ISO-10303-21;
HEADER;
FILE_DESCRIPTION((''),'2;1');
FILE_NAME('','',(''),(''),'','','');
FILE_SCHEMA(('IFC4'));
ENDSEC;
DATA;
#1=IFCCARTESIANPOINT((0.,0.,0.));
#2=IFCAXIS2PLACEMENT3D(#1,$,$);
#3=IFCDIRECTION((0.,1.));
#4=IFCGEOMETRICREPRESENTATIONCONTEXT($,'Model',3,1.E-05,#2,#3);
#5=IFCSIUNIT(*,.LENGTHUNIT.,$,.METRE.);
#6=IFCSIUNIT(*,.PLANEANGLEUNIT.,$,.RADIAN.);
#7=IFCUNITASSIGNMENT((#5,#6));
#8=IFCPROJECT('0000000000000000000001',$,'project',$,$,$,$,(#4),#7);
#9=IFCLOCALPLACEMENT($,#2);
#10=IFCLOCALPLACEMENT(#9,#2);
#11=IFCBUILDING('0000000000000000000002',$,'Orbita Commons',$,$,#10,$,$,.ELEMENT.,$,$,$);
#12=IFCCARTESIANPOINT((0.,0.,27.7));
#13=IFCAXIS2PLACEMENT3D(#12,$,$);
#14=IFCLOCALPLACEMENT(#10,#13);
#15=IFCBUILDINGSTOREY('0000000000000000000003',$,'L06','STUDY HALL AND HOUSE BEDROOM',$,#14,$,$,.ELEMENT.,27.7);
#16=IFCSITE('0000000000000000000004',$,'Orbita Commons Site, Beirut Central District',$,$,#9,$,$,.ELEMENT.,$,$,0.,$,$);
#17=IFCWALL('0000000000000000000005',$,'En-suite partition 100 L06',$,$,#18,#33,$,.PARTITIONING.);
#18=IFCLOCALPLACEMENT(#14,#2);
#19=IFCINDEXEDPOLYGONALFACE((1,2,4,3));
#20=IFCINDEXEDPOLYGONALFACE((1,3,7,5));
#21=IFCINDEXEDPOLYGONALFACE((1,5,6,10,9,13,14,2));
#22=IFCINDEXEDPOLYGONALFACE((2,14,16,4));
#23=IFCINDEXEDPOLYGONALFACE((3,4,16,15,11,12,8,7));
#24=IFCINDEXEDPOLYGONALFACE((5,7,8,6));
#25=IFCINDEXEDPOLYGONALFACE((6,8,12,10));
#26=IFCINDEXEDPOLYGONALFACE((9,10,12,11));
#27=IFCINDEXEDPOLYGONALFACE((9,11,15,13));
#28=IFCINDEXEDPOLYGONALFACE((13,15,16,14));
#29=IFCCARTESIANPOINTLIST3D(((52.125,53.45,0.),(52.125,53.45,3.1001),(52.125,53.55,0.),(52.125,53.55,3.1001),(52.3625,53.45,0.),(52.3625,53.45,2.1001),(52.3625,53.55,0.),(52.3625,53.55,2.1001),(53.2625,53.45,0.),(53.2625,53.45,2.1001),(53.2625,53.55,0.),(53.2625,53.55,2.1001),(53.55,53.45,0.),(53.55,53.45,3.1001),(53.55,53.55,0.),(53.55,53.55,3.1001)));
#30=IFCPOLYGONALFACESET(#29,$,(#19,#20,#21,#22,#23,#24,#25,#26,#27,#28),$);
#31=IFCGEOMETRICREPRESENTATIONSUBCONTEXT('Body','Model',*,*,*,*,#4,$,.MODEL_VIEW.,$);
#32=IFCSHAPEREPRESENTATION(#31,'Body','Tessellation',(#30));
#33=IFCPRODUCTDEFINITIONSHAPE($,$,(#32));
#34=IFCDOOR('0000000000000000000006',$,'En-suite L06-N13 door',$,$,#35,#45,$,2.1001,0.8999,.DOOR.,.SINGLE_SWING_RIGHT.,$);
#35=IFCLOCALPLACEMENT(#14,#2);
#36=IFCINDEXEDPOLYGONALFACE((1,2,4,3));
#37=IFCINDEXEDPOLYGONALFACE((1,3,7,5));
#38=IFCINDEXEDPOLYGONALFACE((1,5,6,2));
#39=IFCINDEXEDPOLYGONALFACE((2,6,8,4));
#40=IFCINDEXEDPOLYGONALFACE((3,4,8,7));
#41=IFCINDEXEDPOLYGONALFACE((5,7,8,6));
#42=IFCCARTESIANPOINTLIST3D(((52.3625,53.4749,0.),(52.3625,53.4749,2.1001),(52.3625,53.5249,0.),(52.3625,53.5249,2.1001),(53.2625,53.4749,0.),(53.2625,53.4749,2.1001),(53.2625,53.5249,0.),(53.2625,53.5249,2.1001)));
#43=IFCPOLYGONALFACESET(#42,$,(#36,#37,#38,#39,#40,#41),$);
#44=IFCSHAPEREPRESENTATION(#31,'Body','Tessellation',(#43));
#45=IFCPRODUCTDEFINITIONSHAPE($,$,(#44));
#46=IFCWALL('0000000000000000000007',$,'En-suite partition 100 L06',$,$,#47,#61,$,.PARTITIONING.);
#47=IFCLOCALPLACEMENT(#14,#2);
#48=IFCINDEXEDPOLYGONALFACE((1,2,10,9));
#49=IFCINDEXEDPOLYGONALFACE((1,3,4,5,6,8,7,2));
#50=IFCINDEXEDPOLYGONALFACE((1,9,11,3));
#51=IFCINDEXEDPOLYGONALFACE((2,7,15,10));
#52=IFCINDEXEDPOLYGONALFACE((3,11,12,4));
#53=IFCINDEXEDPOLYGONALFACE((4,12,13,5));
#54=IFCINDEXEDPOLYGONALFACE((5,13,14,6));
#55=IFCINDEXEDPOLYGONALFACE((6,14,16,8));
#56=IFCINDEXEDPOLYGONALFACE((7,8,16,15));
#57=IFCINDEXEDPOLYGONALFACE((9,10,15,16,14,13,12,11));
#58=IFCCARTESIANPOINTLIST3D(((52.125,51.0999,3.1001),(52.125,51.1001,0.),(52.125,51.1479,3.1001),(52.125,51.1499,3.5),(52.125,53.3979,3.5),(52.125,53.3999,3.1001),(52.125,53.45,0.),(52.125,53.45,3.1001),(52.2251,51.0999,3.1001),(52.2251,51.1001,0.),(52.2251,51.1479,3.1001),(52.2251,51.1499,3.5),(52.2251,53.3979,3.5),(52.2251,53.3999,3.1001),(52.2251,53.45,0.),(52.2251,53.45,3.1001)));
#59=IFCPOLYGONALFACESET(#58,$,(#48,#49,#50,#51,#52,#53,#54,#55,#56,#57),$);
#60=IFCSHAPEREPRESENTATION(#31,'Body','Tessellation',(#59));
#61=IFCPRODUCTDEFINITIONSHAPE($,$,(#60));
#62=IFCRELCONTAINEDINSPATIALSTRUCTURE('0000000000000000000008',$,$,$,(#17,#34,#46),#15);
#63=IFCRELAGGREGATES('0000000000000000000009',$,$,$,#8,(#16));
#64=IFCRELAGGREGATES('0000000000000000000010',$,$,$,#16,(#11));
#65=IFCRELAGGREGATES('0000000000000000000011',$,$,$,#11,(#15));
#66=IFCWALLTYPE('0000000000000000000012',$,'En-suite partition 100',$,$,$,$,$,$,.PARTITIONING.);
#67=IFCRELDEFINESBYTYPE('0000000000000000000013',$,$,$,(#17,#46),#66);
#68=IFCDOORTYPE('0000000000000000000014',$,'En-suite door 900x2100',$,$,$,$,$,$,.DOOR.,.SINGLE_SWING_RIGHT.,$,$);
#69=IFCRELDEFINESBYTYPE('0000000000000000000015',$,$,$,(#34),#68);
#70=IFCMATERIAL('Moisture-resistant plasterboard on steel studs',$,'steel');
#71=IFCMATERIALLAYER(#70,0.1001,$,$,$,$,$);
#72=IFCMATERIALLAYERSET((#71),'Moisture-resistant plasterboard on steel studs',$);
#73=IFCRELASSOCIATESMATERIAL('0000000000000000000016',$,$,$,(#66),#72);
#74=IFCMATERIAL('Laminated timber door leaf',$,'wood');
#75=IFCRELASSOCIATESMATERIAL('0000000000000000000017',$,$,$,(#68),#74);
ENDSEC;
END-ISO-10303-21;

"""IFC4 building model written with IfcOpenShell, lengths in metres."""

from ifc_helpers import new_model, si_unit, direction, frame, frame_2d, origin, place, context, subcontext, project, spatial, polyline, rectangle, outline, extrude, material, layer, layer_set, type_object, element, fill, save


model = new_model("IFC4")

# Units and contexts
model_context = context("Model", 3, precision=1e-05, world=origin(), true_north=direction((0.0, 1.0)))
body_context = subcontext(model_context, "Body", "Model", "MODEL_VIEW")
ifc_project = project(units=[si_unit("LENGTHUNIT", "METRE"), si_unit("PLANEANGLEUNIT", "RADIAN")], contexts=[model_context])

# Site, building, storey
site_placement = place(None, origin())
site = spatial("IfcSite", under=ifc_project, at=site_placement, Name="Orbita Commons Site, Beirut Central District", CompositionType="ELEMENT", RefElevation=0.0)
building_placement = place(site_placement, origin())
building = spatial("IfcBuilding", under=site, at=building_placement, Name="Orbita Commons", CompositionType="ELEMENT")
storey_placement = place(building_placement, frame((0.0, 0.0, 27.7)))
storey = spatial("IfcBuildingStorey", under=building, at=storey_placement, Name="L06", Description="STUDY HALL AND HOUSE BEDROOM", CompositionType="ELEMENT", Elevation=27.7)

# Shared definitions
ifc_material_1 = material(Name="Moisture-resistant plasterboard on steel studs", Category="steel")
ifc_layer_1 = layer(ifc_material_1, 0.1001)
ifc_layer_set_1 = layer_set([ifc_layer_1], Name="Moisture-resistant plasterboard on steel studs")
wall_type_1 = type_object("IfcWallType", Name="En-suite partition 100", PredefinedType="PARTITIONING", material=ifc_layer_set_1)
ifc_material_2 = material(Name="Laminated timber door leaf", Category="wood")
door_type_1 = type_object("IfcDoorType", Name="En-suite door 900x2100", OperationType="SINGLE_SWING_RIGHT", PredefinedType="DOOR", material=ifc_material_2)

# Wall, opening, door
wall_1_placement = place(storey_placement, frame((52.125, 53.5, 0.0), z_axis=(0.0, 0.0, 1.0), x_axis=(1.0, 0.0, 0.0)))
wall_1 = element("IfcWall", 1, at=wall_1_placement, inside=storey, type_object=wall_type_1, Name="En-suite partition 100 L06", PredefinedType="PARTITIONING", context=body_context, shape_type="SweptSolid", body=[
    extrude(outline(polyline([(0.0, 0.0), (1.425, 0.0), (1.425, 3.1001), (0.0, 3.1001), (0.0, 0.0)])), frame((0.0, 0.05, 0.0), z_axis=(0.0, -1.0, 0.0), x_axis=(1.0, 0.0, 0.0)), (0.0, 0.0, 1.0), 0.1001),
])
opening_1_placement = place(wall_1_placement, frame((0.2375, 0.0, 0.0)))
opening_1 = element("IfcOpeningElement", 2, at=opening_1_placement, cuts=wall_1, PredefinedType="OPENING", context=body_context, shape_type="SweptSolid", body=[
    extrude(rectangle(XDim=0.8999, YDim=2.1001, at=frame_2d((0.45, 1.05))), frame((0.0, 0.0601, 0.0), z_axis=(0.0, -1.0, 0.0), x_axis=(1.0, 0.0, 0.0)), (0.0, 0.0, 1.0), 0.1201),
])
door_1_placement = place(opening_1_placement, origin())
door_1 = element("IfcDoor", 3, at=door_1_placement, inside=storey, type_object=door_type_1, Name="En-suite L06-N13 door", OperationType="SINGLE_SWING_RIGHT", OverallHeight=2.1001, OverallWidth=0.8999, PredefinedType="DOOR", context=body_context, shape_type="SweptSolid", body=[
    extrude(rectangle(XDim=0.8999, YDim=2.1001, at=frame_2d((0.45, 1.05))), frame((0.0, 0.0249, 0.0), z_axis=(0.0, -1.0, 0.0), x_axis=(1.0, 0.0, 0.0)), (0.0, 0.0, 1.0), 0.05),
])
fill(opening_1, door_1)

# Wall
wall_2_placement = place(storey_placement, frame((52.175, 53.45, 0.0), z_axis=(0.0, 0.0, 1.0), x_axis=(0.0, -1.0, 0.0)))
element("IfcWall", 4, at=wall_2_placement, inside=storey, type_object=wall_type_1, Name="En-suite partition 100 L06", PredefinedType="PARTITIONING", context=body_context, shape_type="SweptSolid", body=[
    extrude(outline(polyline([(0.0, 0.0), (2.3499, 0.0), (2.3501, 3.1001), (2.302, 3.1001), (2.3, 3.5), (0.052, 3.5), (0.05, 3.1001), (0.0, 3.1001), (0.0, 0.0)])), frame((0.0, 0.05, 0.0), z_axis=(0.0, -1.0, 0.0), x_axis=(1.0, 0.0, 0.0)), (0.0, 0.0, 1.0), 0.1001),
])

save(model, "model.ifc")
